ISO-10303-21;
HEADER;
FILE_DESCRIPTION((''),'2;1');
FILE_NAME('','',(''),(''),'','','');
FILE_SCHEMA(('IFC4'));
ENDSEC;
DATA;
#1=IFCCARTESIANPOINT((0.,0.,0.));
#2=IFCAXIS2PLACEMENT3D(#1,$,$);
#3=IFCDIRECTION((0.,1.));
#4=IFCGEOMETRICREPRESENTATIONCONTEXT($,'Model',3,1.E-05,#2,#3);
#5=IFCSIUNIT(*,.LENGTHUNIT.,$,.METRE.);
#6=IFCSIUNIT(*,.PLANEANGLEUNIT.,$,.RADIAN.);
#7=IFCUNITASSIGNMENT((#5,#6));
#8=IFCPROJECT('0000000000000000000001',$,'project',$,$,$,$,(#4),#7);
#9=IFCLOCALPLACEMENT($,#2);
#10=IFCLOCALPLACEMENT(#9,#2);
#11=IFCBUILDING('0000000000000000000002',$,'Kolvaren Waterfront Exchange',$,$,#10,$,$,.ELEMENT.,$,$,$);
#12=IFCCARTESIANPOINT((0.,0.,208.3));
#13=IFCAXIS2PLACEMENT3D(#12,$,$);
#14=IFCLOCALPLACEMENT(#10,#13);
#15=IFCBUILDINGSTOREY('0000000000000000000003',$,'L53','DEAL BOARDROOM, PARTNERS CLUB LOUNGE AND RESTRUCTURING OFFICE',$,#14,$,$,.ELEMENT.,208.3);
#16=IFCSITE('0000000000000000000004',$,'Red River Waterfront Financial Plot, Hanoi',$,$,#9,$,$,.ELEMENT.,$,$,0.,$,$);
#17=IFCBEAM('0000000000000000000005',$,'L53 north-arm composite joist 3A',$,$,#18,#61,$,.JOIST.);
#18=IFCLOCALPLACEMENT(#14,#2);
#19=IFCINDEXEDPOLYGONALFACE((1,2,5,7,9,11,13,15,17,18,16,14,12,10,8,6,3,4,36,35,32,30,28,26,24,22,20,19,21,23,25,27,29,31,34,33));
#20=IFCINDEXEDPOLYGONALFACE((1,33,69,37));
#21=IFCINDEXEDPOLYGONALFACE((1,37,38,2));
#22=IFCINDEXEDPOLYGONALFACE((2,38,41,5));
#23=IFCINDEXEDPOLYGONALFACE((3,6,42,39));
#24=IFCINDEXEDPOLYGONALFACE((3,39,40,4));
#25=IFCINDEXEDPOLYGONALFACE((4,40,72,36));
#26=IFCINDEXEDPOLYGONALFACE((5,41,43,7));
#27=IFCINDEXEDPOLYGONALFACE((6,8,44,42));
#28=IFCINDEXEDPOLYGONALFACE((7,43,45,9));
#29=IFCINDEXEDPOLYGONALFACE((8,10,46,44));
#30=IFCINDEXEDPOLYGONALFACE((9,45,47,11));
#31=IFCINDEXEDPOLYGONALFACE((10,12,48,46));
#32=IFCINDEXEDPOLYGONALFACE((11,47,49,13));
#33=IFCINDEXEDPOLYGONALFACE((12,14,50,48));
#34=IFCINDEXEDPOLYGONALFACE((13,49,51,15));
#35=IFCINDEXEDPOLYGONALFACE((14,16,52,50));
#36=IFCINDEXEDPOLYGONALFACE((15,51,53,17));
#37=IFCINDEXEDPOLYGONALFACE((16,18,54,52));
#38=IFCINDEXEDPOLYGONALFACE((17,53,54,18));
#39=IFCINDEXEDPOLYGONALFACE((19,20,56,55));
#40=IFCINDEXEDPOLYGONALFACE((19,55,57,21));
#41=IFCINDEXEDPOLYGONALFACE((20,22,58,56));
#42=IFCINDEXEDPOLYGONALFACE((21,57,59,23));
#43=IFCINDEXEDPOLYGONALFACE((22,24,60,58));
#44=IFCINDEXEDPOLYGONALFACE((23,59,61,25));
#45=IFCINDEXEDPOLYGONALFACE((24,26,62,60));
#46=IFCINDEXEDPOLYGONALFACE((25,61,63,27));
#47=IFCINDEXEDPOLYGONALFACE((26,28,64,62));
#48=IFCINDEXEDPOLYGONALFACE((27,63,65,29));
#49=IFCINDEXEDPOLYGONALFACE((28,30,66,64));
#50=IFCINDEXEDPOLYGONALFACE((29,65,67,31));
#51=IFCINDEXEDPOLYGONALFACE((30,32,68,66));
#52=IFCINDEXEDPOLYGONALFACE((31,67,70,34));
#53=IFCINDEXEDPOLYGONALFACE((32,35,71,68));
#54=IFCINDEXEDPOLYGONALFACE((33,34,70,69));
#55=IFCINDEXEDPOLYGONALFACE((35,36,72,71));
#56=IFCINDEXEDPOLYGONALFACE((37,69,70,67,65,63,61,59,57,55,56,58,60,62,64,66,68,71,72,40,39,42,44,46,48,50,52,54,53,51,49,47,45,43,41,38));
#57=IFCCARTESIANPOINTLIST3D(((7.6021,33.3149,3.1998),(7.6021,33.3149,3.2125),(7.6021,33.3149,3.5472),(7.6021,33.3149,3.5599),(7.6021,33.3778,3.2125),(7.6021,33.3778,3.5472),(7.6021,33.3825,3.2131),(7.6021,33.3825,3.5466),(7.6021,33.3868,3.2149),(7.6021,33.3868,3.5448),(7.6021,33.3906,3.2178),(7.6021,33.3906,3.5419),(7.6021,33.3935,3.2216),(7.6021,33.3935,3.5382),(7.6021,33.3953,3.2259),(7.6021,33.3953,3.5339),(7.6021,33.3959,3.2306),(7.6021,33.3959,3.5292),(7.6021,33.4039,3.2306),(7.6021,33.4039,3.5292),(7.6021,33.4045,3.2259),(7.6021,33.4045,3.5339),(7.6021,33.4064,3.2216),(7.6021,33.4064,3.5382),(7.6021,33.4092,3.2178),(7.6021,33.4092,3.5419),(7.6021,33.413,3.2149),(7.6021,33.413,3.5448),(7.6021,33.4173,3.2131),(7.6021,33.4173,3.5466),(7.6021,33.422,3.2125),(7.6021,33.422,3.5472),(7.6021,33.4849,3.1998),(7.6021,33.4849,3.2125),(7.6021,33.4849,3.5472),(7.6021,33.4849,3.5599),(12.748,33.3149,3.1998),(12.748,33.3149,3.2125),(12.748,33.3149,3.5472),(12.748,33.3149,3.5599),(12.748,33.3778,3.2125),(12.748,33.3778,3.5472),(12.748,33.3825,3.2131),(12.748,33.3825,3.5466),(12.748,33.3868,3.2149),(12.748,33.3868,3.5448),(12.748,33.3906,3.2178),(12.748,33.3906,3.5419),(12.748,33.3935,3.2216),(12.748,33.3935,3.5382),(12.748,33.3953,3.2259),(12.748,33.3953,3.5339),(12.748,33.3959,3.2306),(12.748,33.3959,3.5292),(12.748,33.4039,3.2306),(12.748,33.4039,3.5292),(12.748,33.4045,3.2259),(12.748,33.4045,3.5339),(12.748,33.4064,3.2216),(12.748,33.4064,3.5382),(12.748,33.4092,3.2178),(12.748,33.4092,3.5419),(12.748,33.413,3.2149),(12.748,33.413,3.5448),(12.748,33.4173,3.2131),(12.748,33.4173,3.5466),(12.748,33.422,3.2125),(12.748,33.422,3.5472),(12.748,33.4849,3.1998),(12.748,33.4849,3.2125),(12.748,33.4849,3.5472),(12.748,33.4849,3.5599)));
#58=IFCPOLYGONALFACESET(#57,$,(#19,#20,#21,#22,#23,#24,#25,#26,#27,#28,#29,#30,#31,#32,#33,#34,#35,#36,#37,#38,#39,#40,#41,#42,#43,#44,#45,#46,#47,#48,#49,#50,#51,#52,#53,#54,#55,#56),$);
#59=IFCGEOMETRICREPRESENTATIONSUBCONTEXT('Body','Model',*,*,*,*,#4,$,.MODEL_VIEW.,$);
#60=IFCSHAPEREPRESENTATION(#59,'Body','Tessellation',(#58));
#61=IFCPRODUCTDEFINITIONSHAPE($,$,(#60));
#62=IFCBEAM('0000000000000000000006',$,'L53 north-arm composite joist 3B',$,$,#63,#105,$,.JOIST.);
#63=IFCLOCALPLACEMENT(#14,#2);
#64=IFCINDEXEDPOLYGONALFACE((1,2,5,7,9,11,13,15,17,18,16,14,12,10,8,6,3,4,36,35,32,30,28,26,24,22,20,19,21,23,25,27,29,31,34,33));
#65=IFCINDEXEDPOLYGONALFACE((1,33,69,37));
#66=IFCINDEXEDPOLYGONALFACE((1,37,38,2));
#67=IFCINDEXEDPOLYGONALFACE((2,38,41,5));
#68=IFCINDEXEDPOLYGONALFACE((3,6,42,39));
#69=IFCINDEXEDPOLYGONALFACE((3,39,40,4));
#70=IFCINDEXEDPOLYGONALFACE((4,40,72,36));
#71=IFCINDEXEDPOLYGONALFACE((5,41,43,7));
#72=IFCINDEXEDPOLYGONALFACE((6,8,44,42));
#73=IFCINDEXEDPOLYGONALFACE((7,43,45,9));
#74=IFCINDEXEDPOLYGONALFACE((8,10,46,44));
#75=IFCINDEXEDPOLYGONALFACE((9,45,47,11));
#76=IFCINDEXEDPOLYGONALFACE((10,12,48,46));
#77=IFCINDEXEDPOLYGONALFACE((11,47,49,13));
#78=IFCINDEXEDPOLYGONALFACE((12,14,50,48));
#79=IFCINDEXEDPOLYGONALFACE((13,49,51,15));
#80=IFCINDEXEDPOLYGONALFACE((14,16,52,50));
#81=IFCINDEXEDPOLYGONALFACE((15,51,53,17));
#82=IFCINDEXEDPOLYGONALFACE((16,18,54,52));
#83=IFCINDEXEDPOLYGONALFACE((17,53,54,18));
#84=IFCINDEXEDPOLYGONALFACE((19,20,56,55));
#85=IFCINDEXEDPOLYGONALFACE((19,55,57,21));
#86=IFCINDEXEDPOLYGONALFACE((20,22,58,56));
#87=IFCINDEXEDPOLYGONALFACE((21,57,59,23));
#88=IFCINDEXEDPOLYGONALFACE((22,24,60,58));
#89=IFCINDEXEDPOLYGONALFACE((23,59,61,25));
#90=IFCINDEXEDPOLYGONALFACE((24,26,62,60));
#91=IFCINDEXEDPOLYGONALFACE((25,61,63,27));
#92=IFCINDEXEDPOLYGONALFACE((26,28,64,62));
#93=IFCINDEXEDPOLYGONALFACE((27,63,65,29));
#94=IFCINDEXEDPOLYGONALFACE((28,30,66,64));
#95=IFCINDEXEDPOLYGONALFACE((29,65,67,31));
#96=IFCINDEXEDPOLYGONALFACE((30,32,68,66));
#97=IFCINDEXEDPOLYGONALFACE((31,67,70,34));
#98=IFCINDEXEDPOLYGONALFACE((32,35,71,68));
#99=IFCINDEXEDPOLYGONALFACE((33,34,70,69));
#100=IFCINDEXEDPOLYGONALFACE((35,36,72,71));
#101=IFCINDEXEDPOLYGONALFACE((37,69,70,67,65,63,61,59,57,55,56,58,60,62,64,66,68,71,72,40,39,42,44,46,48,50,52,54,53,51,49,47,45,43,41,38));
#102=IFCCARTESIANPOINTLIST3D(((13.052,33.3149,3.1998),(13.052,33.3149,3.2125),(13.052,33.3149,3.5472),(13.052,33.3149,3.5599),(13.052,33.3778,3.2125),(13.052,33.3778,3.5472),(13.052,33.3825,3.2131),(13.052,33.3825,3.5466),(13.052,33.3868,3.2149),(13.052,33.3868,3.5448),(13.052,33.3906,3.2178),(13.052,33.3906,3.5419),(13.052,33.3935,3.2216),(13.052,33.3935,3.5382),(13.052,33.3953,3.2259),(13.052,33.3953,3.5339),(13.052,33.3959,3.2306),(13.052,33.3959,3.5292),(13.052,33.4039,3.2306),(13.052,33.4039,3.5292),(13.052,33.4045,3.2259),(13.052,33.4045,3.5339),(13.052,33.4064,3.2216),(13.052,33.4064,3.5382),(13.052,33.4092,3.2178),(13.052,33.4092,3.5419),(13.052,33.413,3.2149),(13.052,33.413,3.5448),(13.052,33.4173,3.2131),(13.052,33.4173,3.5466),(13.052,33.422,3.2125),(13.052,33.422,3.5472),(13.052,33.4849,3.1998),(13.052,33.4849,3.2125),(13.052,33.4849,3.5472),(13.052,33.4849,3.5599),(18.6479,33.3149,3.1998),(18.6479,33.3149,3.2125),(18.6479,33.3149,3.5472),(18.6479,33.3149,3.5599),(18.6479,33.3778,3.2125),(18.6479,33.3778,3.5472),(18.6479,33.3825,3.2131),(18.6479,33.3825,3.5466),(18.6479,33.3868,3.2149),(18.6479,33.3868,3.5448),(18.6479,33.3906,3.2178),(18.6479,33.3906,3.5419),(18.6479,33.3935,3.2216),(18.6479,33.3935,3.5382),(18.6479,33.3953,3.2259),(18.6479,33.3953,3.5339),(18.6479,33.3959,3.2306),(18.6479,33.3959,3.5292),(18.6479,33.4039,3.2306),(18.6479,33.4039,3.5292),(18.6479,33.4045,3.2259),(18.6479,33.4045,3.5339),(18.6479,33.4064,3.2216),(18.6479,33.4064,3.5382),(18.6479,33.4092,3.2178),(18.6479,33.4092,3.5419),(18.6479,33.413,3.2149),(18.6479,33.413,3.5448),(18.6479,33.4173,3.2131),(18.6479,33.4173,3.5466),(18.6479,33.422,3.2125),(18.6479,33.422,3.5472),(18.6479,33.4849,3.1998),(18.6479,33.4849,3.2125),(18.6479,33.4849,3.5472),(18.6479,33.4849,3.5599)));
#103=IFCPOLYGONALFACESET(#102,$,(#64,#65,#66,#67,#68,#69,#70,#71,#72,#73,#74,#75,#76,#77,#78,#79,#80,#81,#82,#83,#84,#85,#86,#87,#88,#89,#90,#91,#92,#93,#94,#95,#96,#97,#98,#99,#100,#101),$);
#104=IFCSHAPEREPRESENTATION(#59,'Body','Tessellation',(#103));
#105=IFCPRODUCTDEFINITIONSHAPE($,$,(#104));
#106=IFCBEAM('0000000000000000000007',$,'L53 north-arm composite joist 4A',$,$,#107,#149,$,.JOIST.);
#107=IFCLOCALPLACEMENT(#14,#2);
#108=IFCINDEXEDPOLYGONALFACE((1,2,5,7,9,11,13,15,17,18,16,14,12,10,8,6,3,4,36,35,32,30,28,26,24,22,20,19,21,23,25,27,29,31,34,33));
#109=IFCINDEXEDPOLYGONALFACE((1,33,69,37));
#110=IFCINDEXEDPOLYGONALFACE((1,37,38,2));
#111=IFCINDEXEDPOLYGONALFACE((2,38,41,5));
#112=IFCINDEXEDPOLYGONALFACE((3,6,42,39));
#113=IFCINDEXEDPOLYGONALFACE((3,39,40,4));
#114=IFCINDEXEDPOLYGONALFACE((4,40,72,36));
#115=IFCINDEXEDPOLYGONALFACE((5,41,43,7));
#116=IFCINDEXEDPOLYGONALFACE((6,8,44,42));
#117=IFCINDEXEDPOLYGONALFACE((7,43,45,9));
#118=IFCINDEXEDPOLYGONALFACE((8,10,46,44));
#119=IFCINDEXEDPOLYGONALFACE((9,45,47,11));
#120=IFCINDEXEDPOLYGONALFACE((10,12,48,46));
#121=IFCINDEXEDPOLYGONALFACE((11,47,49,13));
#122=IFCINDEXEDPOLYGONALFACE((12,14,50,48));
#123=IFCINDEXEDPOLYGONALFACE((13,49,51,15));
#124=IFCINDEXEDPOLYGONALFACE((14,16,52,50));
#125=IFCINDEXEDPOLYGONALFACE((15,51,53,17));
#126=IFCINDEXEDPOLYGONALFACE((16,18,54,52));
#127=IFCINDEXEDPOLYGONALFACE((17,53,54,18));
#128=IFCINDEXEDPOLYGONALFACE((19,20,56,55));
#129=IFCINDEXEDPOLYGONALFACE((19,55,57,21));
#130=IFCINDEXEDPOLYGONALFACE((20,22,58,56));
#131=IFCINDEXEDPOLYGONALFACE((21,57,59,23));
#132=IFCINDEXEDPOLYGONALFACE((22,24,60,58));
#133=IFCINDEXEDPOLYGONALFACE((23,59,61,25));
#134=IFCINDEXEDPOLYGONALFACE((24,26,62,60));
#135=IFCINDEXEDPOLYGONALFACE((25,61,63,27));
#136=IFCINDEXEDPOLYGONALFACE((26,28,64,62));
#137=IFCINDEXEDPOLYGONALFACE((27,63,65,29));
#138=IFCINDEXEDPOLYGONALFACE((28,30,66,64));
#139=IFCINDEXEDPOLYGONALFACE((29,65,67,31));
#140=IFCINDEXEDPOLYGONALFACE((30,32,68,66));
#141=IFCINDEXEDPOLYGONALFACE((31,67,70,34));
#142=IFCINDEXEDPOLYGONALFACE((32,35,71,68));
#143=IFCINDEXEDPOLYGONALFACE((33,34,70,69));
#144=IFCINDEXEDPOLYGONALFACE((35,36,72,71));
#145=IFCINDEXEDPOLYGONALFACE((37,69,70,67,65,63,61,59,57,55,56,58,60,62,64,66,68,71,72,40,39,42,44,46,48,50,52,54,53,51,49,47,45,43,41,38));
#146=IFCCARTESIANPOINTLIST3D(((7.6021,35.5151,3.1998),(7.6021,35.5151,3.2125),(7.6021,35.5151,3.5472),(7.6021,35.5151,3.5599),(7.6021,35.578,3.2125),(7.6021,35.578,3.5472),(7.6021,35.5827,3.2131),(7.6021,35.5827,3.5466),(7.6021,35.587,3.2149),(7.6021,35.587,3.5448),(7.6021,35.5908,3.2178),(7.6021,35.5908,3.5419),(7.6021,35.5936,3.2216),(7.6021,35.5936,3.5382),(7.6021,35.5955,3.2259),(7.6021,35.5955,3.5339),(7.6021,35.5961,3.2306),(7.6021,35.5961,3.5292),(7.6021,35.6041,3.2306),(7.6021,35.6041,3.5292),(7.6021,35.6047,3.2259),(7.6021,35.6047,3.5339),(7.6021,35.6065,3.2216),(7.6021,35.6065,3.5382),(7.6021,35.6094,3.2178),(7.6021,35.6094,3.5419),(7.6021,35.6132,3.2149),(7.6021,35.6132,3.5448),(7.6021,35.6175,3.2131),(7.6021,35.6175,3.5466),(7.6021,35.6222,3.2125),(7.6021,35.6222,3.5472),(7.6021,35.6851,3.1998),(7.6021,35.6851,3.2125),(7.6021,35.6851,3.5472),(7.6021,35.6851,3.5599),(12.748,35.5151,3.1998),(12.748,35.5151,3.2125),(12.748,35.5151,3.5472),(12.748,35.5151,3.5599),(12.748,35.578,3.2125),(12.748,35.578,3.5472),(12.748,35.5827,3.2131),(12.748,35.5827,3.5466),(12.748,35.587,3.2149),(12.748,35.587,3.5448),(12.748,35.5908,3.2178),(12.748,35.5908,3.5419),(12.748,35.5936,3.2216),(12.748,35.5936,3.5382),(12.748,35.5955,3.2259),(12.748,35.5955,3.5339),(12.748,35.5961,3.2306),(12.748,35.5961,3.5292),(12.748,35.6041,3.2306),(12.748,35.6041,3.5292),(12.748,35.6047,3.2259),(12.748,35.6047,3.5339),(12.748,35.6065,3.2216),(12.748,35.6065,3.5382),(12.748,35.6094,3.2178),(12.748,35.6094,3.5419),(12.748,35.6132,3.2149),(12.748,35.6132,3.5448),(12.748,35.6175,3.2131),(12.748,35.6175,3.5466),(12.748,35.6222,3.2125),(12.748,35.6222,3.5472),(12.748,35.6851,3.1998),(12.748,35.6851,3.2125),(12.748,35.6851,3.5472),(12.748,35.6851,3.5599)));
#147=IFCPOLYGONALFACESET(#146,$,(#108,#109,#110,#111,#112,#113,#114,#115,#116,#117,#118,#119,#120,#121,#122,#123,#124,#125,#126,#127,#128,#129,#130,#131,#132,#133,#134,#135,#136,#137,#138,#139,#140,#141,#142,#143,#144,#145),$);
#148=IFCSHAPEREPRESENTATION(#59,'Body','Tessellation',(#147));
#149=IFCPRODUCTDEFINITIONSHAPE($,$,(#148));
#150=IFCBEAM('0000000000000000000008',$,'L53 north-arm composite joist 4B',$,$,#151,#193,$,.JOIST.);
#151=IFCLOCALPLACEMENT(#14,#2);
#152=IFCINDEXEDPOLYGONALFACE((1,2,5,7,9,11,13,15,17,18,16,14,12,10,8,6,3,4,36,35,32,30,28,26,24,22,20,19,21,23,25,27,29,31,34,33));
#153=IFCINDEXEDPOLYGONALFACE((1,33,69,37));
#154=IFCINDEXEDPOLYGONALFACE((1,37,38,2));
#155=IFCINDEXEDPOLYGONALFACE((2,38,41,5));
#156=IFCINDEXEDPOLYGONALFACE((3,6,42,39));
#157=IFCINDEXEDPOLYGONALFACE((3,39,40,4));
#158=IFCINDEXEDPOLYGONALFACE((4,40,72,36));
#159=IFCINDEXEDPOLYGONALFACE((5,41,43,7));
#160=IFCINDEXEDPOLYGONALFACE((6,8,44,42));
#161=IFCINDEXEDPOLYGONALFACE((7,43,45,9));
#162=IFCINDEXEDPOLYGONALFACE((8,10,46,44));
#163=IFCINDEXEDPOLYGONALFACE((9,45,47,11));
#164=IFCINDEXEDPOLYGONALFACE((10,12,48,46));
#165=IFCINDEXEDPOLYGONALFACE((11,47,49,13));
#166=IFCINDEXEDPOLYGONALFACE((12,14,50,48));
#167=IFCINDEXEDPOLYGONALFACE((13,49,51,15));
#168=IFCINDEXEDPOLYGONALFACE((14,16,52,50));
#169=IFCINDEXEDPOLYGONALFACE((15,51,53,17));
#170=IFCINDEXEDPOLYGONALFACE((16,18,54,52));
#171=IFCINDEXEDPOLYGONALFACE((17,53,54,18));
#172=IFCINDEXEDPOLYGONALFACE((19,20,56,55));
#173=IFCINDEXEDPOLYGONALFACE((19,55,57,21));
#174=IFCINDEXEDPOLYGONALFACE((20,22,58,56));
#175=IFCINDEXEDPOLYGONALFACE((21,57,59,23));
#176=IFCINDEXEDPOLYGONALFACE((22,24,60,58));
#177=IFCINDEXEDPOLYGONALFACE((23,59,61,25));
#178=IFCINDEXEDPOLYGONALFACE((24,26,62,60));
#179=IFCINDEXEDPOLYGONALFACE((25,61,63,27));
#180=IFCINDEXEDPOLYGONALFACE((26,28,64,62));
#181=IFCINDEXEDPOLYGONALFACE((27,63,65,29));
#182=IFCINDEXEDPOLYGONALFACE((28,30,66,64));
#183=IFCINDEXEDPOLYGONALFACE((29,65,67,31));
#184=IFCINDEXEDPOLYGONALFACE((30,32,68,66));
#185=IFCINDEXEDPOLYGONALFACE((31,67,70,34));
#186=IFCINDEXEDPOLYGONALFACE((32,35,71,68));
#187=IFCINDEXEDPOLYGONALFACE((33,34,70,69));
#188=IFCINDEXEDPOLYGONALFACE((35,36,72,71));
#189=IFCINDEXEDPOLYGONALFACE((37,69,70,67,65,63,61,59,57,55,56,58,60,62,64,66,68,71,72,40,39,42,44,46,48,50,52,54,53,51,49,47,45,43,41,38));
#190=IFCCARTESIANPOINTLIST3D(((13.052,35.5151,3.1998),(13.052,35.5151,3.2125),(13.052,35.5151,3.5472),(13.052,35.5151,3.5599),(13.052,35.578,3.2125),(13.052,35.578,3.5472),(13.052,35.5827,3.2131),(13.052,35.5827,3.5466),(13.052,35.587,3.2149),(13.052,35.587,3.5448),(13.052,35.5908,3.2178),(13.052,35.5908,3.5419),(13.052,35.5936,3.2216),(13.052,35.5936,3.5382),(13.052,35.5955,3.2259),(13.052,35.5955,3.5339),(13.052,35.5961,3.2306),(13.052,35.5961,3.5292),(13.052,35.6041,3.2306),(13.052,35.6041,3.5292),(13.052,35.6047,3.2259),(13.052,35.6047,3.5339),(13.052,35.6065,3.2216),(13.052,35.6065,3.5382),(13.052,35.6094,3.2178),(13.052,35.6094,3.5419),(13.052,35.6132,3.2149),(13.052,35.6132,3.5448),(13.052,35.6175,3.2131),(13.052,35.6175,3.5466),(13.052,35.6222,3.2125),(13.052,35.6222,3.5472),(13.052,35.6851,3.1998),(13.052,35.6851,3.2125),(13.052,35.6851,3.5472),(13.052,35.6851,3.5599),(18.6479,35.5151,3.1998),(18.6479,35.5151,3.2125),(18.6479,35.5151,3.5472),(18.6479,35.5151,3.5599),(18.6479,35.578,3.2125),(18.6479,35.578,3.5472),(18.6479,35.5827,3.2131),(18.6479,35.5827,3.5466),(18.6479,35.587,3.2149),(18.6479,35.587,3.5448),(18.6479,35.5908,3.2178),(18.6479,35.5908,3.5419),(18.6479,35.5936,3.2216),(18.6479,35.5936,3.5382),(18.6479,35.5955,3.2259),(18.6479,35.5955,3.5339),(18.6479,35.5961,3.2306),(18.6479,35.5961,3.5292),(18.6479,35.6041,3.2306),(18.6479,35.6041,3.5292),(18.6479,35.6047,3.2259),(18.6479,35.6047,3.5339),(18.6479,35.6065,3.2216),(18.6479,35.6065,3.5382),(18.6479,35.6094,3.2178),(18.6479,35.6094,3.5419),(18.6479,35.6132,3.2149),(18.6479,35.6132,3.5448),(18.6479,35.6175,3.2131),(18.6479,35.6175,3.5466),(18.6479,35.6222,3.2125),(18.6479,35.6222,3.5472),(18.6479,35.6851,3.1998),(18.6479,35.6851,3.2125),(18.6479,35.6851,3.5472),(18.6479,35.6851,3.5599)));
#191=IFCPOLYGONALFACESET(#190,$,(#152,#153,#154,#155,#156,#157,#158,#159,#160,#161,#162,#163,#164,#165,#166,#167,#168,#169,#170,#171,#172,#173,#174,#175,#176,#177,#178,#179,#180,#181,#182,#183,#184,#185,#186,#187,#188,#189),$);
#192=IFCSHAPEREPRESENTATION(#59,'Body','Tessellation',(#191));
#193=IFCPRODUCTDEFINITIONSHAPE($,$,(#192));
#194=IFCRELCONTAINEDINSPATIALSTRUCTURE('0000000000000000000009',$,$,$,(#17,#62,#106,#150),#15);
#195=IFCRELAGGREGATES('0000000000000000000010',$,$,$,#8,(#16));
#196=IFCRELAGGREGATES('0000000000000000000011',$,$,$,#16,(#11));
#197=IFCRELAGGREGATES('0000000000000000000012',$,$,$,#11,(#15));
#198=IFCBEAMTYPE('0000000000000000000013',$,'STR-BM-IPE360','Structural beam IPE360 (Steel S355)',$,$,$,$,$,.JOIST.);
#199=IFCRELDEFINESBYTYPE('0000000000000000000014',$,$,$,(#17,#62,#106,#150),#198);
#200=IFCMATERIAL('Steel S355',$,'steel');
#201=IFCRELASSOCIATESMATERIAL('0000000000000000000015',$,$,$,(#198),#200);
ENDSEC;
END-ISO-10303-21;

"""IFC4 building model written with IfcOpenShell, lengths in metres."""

from ifc_helpers import new_model, si_unit, direction, frame, origin, origin_2d, place, context, subcontext, project, spatial, i_section, extrude, material, material_profile, profile_set, type_object, element, save


model = new_model("IFC4")

# Units and contexts
model_context = context("Model", 3, precision=1e-05, world=origin(), true_north=direction((0.0, 1.0)))
body_context = subcontext(model_context, "Body", "Model", "MODEL_VIEW")
ifc_project = project(units=[si_unit("LENGTHUNIT", "METRE"), si_unit("PLANEANGLEUNIT", "RADIAN")], contexts=[model_context])

# Site, building, storey
site_placement = place(None, origin())
site = spatial("IfcSite", under=ifc_project, at=site_placement, Name="Red River Waterfront Financial Plot, Hanoi", CompositionType="ELEMENT", RefElevation=0.0)
building_placement = place(site_placement, origin())
building = spatial("IfcBuilding", under=site, at=building_placement, Name="Kolvaren Waterfront Exchange", CompositionType="ELEMENT")
storey_placement = place(building_placement, frame((0.0, 0.0, 208.3)))
storey = spatial("IfcBuildingStorey", under=building, at=storey_placement, Name="L53", Description="DEAL BOARDROOM, PARTNERS CLUB LOUNGE AND RESTRUCTURING OFFICE", CompositionType="ELEMENT", Elevation=208.3)

# Beams
ifc_material_1 = material(Name="Steel S355", Category="steel")
ifc_material_profile_1 = material_profile(ifc_material_1, i_section(OverallWidth=0.1699, OverallDepth=0.3601, WebThickness=0.0081, FlangeThickness=0.0127, FilletRadius=0.0181, at=origin_2d()), Name="IPE360")
ifc_profile_set_1 = profile_set([ifc_material_profile_1], Name="Steel S355")
beam_type_1 = type_object("IfcBeamType", Name="STR-BM-IPE360", Description="Structural beam IPE360 (Steel S355)", PredefinedType="JOIST", material=ifc_profile_set_1)
beam_1_placement = place(storey_placement, frame((7.6021, 33.3999, 3.3799), z_axis=(1.0, 0.0, 0.0), x_axis=(0.0, 1.0, 0.0)))
element("IfcBeam", 1, at=beam_1_placement, inside=storey, type_object=beam_type_1, Name="L53 north-arm composite joist 3A", PredefinedType="JOIST", context=body_context, shape_type="SweptSolid", body=[
    extrude(i_section(OverallWidth=0.1699, OverallDepth=0.3601, WebThickness=0.0081, FlangeThickness=0.0127, FilletRadius=0.0181, at=origin_2d()), origin(), (0.0, 0.0, 1.0), 5.146),
])
beam_2_placement = place(storey_placement, frame((13.052, 33.3999, 3.3799), z_axis=(1.0, 0.0, 0.0), x_axis=(0.0, 1.0, 0.0)))
element("IfcBeam", 2, at=beam_2_placement, inside=storey, type_object=beam_type_1, Name="L53 north-arm composite joist 3B", PredefinedType="JOIST", context=body_context, shape_type="SweptSolid", body=[
    extrude(i_section(OverallWidth=0.1699, OverallDepth=0.3601, WebThickness=0.0081, FlangeThickness=0.0127, FilletRadius=0.0181, at=origin_2d()), origin(), (0.0, 0.0, 1.0), 5.5959),
])
beam_3_placement = place(storey_placement, frame((7.6021, 35.6001, 3.3799), z_axis=(1.0, 0.0, 0.0), x_axis=(0.0, 1.0, 0.0)))
element("IfcBeam", 3, at=beam_3_placement, inside=storey, type_object=beam_type_1, Name="L53 north-arm composite joist 4A", PredefinedType="JOIST", context=body_context, shape_type="SweptSolid", body=[
    extrude(i_section(OverallWidth=0.1699, OverallDepth=0.3601, WebThickness=0.0081, FlangeThickness=0.0127, FilletRadius=0.0181, at=origin_2d()), origin(), (0.0, 0.0, 1.0), 5.146),
])
beam_4_placement = place(storey_placement, frame((13.052, 35.6001, 3.3799), z_axis=(1.0, 0.0, 0.0), x_axis=(0.0, 1.0, 0.0)))
element("IfcBeam", 4, at=beam_4_placement, inside=storey, type_object=beam_type_1, Name="L53 north-arm composite joist 4B", PredefinedType="JOIST", context=body_context, shape_type="SweptSolid", body=[
    extrude(i_section(OverallWidth=0.1699, OverallDepth=0.3601, WebThickness=0.0081, FlangeThickness=0.0127, FilletRadius=0.0181, at=origin_2d()), origin(), (0.0, 0.0, 1.0), 5.5959),
])

save(model, "model.ifc")
